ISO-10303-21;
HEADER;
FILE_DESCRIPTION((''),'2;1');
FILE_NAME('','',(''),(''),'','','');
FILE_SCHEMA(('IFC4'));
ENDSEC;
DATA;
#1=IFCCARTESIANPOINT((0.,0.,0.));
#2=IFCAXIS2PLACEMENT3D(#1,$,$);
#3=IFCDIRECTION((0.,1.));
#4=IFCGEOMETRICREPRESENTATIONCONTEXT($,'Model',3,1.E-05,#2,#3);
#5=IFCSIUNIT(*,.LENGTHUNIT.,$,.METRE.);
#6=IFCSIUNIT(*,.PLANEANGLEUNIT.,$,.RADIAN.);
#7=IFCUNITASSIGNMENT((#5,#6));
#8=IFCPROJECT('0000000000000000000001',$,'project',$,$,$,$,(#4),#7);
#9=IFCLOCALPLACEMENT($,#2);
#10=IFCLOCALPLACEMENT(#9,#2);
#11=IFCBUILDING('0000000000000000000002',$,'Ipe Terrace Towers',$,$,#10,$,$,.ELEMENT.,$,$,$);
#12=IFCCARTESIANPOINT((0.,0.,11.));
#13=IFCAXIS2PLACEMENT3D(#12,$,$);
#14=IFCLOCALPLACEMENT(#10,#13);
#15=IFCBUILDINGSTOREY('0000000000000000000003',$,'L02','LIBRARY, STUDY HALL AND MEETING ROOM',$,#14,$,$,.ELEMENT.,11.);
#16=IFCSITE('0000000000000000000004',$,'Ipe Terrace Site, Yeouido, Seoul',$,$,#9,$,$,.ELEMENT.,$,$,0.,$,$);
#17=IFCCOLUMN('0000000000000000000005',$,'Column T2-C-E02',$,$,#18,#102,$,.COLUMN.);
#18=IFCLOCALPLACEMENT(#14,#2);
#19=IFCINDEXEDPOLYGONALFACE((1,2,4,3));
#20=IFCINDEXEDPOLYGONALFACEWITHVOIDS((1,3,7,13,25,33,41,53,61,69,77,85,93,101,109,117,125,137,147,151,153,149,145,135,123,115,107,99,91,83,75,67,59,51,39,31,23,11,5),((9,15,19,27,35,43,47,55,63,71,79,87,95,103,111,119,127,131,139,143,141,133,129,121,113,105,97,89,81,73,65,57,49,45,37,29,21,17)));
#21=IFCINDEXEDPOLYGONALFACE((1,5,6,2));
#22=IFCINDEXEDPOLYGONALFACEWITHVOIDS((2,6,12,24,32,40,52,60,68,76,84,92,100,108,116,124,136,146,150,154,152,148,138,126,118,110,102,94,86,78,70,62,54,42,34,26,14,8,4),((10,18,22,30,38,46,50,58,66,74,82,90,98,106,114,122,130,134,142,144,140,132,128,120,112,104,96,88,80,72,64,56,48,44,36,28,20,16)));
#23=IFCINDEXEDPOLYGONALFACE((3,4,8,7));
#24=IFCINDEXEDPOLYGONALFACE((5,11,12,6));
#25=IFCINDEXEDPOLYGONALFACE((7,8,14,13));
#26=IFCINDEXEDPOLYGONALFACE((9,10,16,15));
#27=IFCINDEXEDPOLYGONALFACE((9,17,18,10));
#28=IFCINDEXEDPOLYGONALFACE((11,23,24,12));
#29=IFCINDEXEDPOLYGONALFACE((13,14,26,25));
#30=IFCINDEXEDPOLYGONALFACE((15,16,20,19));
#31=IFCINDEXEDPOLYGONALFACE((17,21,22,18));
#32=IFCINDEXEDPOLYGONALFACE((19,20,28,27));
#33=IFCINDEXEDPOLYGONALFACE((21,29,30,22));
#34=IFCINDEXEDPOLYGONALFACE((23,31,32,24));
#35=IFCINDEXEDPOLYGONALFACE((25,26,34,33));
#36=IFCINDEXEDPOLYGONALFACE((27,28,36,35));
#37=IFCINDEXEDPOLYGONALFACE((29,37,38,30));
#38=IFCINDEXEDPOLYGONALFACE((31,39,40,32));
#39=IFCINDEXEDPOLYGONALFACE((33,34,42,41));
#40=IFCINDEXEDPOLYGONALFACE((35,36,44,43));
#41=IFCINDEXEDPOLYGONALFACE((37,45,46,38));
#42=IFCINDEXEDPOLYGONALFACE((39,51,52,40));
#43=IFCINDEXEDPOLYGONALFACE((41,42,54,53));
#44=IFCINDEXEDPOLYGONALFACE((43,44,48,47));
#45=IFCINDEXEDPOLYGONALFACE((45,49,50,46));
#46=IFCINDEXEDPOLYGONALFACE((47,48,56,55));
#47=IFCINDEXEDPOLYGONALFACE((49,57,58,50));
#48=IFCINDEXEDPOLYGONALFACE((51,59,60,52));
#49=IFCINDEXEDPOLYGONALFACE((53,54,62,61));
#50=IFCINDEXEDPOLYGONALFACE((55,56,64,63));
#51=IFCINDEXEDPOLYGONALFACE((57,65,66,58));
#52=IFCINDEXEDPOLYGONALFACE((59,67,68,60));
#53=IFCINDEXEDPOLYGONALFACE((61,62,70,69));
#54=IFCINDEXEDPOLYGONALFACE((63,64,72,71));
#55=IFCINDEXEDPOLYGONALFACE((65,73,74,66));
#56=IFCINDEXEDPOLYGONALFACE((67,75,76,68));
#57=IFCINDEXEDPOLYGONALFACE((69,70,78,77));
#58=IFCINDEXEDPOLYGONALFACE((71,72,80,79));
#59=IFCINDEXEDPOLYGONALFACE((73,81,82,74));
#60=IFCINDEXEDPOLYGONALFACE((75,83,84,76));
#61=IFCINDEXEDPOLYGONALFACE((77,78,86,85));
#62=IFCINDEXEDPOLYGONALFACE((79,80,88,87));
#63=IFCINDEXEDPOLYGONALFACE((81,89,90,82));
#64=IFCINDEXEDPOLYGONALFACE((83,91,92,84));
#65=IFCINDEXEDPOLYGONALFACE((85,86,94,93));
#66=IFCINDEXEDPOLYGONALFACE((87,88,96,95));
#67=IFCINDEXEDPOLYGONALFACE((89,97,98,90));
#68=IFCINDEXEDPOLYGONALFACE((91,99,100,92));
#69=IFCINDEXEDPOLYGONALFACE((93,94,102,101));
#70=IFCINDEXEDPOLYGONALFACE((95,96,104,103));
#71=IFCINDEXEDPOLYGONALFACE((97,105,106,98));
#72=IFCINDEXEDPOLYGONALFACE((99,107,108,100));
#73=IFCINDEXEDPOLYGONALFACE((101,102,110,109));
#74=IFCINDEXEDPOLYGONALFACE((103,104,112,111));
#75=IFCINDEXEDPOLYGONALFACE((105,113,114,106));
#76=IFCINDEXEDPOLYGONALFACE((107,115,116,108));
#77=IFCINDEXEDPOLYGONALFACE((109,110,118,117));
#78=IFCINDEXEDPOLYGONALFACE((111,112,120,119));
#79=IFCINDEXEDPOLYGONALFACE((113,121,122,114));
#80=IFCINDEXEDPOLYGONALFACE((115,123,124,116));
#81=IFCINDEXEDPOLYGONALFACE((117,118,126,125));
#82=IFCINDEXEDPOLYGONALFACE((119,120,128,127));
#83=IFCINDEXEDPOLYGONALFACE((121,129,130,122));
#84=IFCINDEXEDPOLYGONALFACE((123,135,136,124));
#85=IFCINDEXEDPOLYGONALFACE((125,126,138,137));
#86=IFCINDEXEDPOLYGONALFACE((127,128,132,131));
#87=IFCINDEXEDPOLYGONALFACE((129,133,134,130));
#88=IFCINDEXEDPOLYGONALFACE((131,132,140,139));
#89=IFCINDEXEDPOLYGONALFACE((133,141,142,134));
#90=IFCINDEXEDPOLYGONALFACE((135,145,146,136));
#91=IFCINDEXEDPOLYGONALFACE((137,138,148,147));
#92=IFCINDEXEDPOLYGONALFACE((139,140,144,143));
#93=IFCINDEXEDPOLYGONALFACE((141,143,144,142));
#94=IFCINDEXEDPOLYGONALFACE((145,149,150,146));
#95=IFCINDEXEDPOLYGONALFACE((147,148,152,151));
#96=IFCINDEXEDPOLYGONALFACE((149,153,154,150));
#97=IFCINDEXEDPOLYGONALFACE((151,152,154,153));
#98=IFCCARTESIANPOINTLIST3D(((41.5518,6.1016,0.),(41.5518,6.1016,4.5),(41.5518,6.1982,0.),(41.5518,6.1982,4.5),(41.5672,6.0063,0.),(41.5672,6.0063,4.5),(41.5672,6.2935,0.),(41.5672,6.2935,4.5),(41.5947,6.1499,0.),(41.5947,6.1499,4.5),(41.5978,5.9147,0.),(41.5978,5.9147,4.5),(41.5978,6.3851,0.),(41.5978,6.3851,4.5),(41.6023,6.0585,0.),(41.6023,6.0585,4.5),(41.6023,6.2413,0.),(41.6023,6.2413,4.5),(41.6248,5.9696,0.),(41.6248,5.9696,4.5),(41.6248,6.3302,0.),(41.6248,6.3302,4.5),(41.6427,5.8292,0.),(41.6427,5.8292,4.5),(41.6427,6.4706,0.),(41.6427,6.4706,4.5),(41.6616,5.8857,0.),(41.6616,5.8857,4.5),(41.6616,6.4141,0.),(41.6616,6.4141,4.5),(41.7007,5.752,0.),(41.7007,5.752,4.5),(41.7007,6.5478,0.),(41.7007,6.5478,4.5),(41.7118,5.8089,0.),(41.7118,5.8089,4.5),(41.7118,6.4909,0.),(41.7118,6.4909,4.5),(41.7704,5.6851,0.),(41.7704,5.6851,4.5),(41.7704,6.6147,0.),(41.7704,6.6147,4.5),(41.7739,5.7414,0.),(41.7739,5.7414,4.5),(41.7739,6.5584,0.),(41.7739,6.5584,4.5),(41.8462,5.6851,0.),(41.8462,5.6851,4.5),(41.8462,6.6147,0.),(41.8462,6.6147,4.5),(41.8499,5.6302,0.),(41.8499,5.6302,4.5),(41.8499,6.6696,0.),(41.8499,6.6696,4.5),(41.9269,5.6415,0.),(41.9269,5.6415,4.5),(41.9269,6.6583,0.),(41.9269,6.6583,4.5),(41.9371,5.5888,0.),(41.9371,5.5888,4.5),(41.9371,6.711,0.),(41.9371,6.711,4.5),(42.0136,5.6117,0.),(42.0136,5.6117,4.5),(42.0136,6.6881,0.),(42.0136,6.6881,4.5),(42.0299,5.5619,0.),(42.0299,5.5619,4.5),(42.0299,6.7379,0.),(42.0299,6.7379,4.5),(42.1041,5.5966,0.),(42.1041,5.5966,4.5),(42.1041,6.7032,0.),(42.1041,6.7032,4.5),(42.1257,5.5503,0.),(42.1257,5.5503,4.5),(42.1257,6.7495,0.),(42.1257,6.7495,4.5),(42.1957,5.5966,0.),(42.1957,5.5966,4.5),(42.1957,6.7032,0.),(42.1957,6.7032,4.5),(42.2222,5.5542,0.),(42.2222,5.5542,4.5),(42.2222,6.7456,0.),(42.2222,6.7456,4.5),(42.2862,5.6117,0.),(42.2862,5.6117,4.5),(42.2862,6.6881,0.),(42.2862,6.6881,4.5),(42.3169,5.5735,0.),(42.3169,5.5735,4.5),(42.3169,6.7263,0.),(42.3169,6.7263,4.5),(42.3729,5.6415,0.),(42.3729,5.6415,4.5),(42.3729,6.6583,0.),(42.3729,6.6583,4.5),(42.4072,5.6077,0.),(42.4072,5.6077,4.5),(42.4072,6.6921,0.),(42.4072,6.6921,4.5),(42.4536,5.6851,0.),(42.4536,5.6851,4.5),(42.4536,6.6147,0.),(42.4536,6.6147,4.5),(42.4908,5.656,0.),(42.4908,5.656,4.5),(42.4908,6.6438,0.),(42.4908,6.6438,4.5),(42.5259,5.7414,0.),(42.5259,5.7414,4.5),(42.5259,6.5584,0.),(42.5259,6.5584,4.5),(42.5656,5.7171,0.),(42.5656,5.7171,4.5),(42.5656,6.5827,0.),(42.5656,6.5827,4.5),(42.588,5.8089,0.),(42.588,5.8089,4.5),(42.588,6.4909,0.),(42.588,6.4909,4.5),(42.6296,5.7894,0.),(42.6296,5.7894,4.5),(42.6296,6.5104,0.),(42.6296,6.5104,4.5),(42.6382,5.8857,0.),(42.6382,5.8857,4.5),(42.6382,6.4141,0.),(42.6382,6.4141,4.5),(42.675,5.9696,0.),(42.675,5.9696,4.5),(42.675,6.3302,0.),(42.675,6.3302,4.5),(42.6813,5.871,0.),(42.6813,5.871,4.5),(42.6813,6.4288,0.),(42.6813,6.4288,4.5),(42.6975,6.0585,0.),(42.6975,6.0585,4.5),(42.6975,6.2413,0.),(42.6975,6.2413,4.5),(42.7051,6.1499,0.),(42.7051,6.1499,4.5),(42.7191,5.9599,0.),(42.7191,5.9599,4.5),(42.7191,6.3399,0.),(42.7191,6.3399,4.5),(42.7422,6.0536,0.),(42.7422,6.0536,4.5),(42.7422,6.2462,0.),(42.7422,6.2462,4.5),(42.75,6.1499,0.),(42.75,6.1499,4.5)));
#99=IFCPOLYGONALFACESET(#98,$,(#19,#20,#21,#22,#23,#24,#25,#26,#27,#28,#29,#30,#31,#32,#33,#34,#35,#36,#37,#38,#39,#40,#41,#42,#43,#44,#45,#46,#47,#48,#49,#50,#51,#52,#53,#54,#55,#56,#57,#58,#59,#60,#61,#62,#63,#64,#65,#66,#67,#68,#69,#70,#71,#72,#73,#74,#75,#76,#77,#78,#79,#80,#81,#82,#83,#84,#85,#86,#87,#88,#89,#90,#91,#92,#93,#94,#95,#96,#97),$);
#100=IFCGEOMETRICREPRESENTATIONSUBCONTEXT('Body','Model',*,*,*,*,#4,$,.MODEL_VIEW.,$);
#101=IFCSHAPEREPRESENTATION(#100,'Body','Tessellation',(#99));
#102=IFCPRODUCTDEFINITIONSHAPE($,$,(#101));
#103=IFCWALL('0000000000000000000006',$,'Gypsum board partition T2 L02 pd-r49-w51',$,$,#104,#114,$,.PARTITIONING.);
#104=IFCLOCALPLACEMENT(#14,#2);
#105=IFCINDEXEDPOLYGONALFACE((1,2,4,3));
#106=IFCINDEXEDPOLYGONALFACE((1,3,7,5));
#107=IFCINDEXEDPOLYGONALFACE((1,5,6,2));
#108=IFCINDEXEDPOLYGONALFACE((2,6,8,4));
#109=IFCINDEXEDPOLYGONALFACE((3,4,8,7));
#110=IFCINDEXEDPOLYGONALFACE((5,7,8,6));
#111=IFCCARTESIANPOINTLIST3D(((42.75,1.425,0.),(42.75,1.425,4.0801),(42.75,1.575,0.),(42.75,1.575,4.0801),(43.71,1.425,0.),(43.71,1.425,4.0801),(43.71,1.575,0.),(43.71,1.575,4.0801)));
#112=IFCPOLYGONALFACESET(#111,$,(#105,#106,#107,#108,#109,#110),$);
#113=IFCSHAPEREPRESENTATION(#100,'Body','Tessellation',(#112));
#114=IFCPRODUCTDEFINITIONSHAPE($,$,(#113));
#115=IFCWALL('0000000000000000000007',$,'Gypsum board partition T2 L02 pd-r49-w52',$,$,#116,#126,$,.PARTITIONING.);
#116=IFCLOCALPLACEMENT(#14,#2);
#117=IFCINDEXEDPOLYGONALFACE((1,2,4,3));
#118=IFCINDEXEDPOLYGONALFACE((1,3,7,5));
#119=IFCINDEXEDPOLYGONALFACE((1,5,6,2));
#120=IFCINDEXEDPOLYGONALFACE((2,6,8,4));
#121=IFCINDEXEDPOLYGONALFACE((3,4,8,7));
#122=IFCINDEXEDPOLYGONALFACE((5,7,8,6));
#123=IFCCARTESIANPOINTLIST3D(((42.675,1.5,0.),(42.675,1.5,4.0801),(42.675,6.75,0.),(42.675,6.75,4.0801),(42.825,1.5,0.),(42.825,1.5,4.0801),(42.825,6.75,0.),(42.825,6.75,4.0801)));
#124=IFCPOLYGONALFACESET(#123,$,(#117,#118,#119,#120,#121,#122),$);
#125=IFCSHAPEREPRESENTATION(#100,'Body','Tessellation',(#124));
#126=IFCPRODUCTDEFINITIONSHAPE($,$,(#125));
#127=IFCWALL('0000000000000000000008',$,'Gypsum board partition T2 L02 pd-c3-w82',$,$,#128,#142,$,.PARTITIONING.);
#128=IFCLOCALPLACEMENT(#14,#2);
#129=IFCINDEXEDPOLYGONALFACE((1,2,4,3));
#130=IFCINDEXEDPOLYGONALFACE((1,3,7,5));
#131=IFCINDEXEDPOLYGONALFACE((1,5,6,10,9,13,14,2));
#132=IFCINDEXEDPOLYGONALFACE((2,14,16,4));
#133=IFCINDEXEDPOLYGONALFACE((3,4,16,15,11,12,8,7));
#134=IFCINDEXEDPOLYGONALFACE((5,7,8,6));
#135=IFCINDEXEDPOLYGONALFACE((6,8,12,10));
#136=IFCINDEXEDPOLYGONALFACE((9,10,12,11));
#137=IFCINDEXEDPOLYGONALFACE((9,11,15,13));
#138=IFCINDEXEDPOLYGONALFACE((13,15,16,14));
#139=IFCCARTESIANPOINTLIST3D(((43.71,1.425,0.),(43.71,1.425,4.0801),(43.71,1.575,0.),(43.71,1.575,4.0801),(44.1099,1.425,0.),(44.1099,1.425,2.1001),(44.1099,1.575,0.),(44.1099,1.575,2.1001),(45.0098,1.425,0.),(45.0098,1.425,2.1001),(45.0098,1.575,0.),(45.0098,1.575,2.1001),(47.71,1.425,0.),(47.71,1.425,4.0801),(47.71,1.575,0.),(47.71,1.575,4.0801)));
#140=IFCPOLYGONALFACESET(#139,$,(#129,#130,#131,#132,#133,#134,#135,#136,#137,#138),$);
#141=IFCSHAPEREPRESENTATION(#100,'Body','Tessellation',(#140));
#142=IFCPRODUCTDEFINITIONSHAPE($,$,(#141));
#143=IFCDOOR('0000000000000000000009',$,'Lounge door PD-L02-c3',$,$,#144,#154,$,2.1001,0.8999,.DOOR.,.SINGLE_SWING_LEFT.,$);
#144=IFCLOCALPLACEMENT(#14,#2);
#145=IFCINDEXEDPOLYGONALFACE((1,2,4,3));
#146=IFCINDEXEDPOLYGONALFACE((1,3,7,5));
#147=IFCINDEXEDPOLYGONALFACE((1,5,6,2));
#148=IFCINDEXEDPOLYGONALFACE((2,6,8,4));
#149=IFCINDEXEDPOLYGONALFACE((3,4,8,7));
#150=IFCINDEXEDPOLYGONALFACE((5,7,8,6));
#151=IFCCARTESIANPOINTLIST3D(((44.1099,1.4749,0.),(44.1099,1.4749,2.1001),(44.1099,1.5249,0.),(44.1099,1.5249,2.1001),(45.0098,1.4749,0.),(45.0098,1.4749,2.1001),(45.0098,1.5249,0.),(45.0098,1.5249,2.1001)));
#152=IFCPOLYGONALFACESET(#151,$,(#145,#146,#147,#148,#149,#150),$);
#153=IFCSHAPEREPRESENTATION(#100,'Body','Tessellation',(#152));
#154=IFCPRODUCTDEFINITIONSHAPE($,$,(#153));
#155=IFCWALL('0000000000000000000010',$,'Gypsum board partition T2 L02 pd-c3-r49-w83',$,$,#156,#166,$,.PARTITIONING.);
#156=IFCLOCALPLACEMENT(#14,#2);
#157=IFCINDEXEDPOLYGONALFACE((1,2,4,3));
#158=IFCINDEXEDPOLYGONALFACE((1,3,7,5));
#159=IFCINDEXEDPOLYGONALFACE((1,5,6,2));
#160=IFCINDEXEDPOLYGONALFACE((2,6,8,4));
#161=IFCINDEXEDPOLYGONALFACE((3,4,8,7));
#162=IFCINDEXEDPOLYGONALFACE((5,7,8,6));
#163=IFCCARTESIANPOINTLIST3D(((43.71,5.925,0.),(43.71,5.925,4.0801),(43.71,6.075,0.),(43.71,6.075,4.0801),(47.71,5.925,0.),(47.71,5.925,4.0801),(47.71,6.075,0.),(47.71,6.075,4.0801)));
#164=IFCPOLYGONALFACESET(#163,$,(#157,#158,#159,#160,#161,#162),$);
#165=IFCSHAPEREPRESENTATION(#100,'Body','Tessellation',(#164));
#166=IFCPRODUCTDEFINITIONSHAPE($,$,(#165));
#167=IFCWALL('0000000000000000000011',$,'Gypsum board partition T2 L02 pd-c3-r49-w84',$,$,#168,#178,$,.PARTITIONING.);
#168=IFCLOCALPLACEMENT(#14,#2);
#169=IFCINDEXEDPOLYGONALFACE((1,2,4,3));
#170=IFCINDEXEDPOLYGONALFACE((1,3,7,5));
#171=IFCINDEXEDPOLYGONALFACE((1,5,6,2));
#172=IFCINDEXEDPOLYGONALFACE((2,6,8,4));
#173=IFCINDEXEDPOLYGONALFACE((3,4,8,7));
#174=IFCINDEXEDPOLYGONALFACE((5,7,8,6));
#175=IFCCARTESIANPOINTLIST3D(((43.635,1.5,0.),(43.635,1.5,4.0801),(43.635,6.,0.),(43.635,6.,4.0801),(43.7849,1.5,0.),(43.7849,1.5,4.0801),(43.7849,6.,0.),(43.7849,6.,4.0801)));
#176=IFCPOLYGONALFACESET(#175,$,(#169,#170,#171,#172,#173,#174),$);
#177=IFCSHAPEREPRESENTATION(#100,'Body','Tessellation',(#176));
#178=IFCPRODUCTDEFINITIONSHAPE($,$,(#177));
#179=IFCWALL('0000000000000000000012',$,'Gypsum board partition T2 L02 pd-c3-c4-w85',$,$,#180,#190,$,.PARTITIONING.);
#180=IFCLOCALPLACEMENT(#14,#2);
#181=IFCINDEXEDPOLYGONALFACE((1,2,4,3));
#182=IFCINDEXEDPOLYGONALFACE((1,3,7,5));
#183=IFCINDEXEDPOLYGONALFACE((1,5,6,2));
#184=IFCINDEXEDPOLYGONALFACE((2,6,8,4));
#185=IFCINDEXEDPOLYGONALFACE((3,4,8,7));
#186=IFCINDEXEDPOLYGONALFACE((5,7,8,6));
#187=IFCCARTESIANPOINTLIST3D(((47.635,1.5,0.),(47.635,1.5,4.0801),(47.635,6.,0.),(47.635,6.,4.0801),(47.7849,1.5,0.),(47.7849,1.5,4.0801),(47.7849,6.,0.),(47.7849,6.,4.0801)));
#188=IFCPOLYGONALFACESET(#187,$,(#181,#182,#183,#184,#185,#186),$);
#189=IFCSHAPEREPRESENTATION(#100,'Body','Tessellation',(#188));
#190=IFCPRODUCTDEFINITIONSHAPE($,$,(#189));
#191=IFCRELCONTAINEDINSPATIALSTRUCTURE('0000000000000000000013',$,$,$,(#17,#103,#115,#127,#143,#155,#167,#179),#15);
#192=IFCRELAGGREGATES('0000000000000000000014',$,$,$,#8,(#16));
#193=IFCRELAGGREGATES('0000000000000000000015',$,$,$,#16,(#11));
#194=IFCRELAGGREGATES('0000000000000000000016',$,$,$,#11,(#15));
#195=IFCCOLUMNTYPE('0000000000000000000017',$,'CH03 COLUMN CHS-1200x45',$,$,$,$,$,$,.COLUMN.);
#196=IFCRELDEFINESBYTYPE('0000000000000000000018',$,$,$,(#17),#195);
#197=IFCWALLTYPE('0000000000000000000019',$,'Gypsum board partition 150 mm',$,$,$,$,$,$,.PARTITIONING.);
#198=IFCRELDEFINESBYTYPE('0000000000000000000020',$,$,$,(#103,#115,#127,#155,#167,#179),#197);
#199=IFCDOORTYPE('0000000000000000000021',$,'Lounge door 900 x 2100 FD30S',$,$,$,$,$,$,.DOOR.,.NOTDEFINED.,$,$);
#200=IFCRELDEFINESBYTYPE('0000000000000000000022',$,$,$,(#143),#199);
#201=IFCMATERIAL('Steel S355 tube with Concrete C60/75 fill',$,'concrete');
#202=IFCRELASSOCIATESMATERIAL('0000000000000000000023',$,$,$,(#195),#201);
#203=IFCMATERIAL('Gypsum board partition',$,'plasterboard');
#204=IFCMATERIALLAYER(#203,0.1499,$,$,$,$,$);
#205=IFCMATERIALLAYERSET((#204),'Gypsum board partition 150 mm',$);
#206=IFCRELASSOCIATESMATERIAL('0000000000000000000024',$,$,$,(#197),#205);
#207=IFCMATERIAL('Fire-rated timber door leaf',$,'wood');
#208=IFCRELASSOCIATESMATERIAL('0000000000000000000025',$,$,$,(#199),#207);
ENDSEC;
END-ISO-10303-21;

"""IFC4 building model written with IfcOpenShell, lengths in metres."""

from ifc_helpers import new_model, si_unit, direction, frame, frame_2d, origin, origin_2d, place, context, subcontext, project, spatial, rectangle, hollow_circle, extrude, material, layer, layer_set, material_profile, profile_set, type_object, element, fill, save


model = new_model("IFC4")

# Units and contexts
model_context = context("Model", 3, precision=1e-05, world=origin(), true_north=direction((0.0, 1.0)))
body_context = subcontext(model_context, "Body", "Model", "MODEL_VIEW")
ifc_project = project(units=[si_unit("LENGTHUNIT", "METRE"), si_unit("PLANEANGLEUNIT", "RADIAN")], contexts=[model_context])

# Site, building, storey
site_placement = place(None, origin())
site = spatial("IfcSite", under=ifc_project, at=site_placement, Name="Ipe Terrace Site, Yeouido, Seoul", CompositionType="ELEMENT", RefElevation=0.0)
building_placement = place(site_placement, origin())
building = spatial("IfcBuilding", under=site, at=building_placement, Name="Ipe Terrace Towers", CompositionType="ELEMENT")
storey_placement = place(building_placement, frame((0.0, 0.0, 11.0)))
storey = spatial("IfcBuildingStorey", under=building, at=storey_placement, Name="L02", Description="LIBRARY, STUDY HALL AND MEETING ROOM", CompositionType="ELEMENT", Elevation=11.0)

# Column
ifc_material_1 = material(Name="Steel S355 tube with Concrete C60/75 fill", Category="concrete")
ifc_material_profile = material_profile(ifc_material_1, hollow_circle(Radius=0.6001, WallThickness=0.0449, at=origin_2d()), Name="CHS-1200x45")
ifc_profile_set = profile_set([ifc_material_profile], Name="Steel S355 tube with Concrete C60/75 fill")
column_type = type_object("IfcColumnType", Name="CH03 COLUMN CHS-1200x45", PredefinedType="COLUMN", material=ifc_profile_set)
column_placement = place(storey_placement, frame((42.1499, 6.1499, 0.0), z_axis=(0.0, 0.0, 1.0), x_axis=(1.0, 0.0, 0.0)))
element("IfcColumn", 1, at=column_placement, inside=storey, type_object=column_type, Name="Column T2-C-E02", PredefinedType="COLUMN", context=body_context, shape_type="SweptSolid", body=[
    extrude(hollow_circle(Radius=0.6001, WallThickness=0.0449, at=origin_2d()), origin(), (0.0, 0.0, 1.0), 4.5),
])

# Walls
ifc_material_2 = material(Name="Gypsum board partition", Category="plasterboard")
ifc_layer_1 = layer(ifc_material_2, 0.1499)
ifc_layer_set_1 = layer_set([ifc_layer_1], Name="Gypsum board partition 150 mm")
wall_type_1 = type_object("IfcWallType", Name="Gypsum board partition 150 mm", PredefinedType="PARTITIONING", material=ifc_layer_set_1)
wall_1_placement = place(storey_placement, frame((43.71, 1.5, 0.0), z_axis=(0.0, 0.0, 1.0), x_axis=(-1.0, 0.0, 0.0)))
element("IfcWall", 2, at=wall_1_placement, inside=storey, type_object=wall_type_1, Name="Gypsum board partition T2 L02 pd-r49-w51", PredefinedType="PARTITIONING", context=body_context, shape_type="SweptSolid", body=[
    extrude(rectangle(XDim=0.96, YDim=0.1499, at=frame_2d((0.48, 0.0))), origin(), (0.0, 0.0, 1.0), 4.0801),
])
wall_2_placement = place(storey_placement, frame((42.75, 1.5, 0.0), z_axis=(0.0, 0.0, 1.0), x_axis=(0.0, 1.0, 0.0)))
element("IfcWall", 3, at=wall_2_placement, inside=storey, type_object=wall_type_1, Name="Gypsum board partition T2 L02 pd-r49-w52", PredefinedType="PARTITIONING", context=body_context, shape_type="SweptSolid", body=[
    extrude(rectangle(XDim=5.25, YDim=0.1499, at=frame_2d((2.625, 0.0))), origin(), (0.0, 0.0, 1.0), 4.0801),
])

# Wall, opening, door
wall_3_placement = place(storey_placement, frame((43.71, 1.5, 0.0), z_axis=(0.0, 0.0, 1.0), x_axis=(1.0, 0.0, 0.0)))
wall_3 = element("IfcWall", 4, at=wall_3_placement, inside=storey, type_object=wall_type_1, Name="Gypsum board partition T2 L02 pd-c3-w82", PredefinedType="PARTITIONING", context=body_context, shape_type="SweptSolid", body=[
    extrude(rectangle(XDim=4.0, YDim=0.1499, at=frame_2d((2.0, 0.0))), origin(), (0.0, 0.0, 1.0), 4.0801),
])
opening_1_placement = place(wall_3_placement, frame((0.3999, 0.0, 0.0)))
opening_1 = element("IfcOpeningElement", 5, at=opening_1_placement, cuts=wall_3, PredefinedType="OPENING", context=body_context, shape_type="SweptSolid", body=[
    extrude(rectangle(XDim=0.8999, YDim=2.1001, at=frame_2d((0.45, 1.05))), frame((0.0, 0.085, 0.0), z_axis=(0.0, -1.0, 0.0), x_axis=(1.0, 0.0, 0.0)), (0.0, 0.0, 1.0), 0.1699),
])
ifc_material_3 = material(Name="Fire-rated timber door leaf", Category="wood")
door_type_1 = type_object("IfcDoorType", Name="Lounge door 900 x 2100 FD30S", OperationType="NOTDEFINED", PredefinedType="DOOR", material=ifc_material_3)
door_1_placement = place(opening_1_placement, origin())
door_1 = element("IfcDoor", 6, at=door_1_placement, inside=storey, type_object=door_type_1, Name="Lounge door PD-L02-c3", OperationType="SINGLE_SWING_LEFT", OverallHeight=2.1001, OverallWidth=0.8999, PredefinedType="DOOR", context=body_context, shape_type="SweptSolid", body=[
    extrude(rectangle(XDim=0.8999, YDim=2.1001, at=frame_2d((0.45, 1.05))), frame((0.0, 0.0249, 0.0), z_axis=(0.0, -1.0, 0.0), x_axis=(1.0, 0.0, 0.0)), (0.0, 0.0, 1.0), 0.05),
])
fill(opening_1, door_1)

# Walls
wall_4_placement = place(storey_placement, frame((47.71, 6.0, 0.0), z_axis=(0.0, 0.0, 1.0), x_axis=(-1.0, 0.0, 0.0)))
element("IfcWall", 7, at=wall_4_placement, inside=storey, type_object=wall_type_1, Name="Gypsum board partition T2 L02 pd-c3-r49-w83", PredefinedType="PARTITIONING", context=body_context, shape_type="SweptSolid", body=[
    extrude(rectangle(XDim=4.0, YDim=0.1499, at=frame_2d((2.0, 0.0))), origin(), (0.0, 0.0, 1.0), 4.0801),
])
for number, where, z_axis, x_axis, name in (
    (8, (43.71, 6.0, 0.0), (0.0, 0.0, 1.0), (0.0, -1.0, 0.0), "Gypsum board partition T2 L02 pd-c3-r49-w84"),
    (9, (47.71, 1.5, 0.0), (0.0, 0.0, 1.0), (0.0, 1.0, 0.0), "Gypsum board partition T2 L02 pd-c3-c4-w85"),
):
    element("IfcWall", number, at=place(storey_placement, frame(where, z_axis=z_axis, x_axis=x_axis)), inside=storey, type_object=wall_type_1, Name=name, PredefinedType="PARTITIONING", context=body_context, shape_type="SweptSolid", body=[
        extrude(rectangle(XDim=4.5, YDim=0.1499, at=frame_2d((2.25, 0.0))), origin(), (0.0, 0.0, 1.0), 4.0801),
    ])

save(model, "model.ifc")
